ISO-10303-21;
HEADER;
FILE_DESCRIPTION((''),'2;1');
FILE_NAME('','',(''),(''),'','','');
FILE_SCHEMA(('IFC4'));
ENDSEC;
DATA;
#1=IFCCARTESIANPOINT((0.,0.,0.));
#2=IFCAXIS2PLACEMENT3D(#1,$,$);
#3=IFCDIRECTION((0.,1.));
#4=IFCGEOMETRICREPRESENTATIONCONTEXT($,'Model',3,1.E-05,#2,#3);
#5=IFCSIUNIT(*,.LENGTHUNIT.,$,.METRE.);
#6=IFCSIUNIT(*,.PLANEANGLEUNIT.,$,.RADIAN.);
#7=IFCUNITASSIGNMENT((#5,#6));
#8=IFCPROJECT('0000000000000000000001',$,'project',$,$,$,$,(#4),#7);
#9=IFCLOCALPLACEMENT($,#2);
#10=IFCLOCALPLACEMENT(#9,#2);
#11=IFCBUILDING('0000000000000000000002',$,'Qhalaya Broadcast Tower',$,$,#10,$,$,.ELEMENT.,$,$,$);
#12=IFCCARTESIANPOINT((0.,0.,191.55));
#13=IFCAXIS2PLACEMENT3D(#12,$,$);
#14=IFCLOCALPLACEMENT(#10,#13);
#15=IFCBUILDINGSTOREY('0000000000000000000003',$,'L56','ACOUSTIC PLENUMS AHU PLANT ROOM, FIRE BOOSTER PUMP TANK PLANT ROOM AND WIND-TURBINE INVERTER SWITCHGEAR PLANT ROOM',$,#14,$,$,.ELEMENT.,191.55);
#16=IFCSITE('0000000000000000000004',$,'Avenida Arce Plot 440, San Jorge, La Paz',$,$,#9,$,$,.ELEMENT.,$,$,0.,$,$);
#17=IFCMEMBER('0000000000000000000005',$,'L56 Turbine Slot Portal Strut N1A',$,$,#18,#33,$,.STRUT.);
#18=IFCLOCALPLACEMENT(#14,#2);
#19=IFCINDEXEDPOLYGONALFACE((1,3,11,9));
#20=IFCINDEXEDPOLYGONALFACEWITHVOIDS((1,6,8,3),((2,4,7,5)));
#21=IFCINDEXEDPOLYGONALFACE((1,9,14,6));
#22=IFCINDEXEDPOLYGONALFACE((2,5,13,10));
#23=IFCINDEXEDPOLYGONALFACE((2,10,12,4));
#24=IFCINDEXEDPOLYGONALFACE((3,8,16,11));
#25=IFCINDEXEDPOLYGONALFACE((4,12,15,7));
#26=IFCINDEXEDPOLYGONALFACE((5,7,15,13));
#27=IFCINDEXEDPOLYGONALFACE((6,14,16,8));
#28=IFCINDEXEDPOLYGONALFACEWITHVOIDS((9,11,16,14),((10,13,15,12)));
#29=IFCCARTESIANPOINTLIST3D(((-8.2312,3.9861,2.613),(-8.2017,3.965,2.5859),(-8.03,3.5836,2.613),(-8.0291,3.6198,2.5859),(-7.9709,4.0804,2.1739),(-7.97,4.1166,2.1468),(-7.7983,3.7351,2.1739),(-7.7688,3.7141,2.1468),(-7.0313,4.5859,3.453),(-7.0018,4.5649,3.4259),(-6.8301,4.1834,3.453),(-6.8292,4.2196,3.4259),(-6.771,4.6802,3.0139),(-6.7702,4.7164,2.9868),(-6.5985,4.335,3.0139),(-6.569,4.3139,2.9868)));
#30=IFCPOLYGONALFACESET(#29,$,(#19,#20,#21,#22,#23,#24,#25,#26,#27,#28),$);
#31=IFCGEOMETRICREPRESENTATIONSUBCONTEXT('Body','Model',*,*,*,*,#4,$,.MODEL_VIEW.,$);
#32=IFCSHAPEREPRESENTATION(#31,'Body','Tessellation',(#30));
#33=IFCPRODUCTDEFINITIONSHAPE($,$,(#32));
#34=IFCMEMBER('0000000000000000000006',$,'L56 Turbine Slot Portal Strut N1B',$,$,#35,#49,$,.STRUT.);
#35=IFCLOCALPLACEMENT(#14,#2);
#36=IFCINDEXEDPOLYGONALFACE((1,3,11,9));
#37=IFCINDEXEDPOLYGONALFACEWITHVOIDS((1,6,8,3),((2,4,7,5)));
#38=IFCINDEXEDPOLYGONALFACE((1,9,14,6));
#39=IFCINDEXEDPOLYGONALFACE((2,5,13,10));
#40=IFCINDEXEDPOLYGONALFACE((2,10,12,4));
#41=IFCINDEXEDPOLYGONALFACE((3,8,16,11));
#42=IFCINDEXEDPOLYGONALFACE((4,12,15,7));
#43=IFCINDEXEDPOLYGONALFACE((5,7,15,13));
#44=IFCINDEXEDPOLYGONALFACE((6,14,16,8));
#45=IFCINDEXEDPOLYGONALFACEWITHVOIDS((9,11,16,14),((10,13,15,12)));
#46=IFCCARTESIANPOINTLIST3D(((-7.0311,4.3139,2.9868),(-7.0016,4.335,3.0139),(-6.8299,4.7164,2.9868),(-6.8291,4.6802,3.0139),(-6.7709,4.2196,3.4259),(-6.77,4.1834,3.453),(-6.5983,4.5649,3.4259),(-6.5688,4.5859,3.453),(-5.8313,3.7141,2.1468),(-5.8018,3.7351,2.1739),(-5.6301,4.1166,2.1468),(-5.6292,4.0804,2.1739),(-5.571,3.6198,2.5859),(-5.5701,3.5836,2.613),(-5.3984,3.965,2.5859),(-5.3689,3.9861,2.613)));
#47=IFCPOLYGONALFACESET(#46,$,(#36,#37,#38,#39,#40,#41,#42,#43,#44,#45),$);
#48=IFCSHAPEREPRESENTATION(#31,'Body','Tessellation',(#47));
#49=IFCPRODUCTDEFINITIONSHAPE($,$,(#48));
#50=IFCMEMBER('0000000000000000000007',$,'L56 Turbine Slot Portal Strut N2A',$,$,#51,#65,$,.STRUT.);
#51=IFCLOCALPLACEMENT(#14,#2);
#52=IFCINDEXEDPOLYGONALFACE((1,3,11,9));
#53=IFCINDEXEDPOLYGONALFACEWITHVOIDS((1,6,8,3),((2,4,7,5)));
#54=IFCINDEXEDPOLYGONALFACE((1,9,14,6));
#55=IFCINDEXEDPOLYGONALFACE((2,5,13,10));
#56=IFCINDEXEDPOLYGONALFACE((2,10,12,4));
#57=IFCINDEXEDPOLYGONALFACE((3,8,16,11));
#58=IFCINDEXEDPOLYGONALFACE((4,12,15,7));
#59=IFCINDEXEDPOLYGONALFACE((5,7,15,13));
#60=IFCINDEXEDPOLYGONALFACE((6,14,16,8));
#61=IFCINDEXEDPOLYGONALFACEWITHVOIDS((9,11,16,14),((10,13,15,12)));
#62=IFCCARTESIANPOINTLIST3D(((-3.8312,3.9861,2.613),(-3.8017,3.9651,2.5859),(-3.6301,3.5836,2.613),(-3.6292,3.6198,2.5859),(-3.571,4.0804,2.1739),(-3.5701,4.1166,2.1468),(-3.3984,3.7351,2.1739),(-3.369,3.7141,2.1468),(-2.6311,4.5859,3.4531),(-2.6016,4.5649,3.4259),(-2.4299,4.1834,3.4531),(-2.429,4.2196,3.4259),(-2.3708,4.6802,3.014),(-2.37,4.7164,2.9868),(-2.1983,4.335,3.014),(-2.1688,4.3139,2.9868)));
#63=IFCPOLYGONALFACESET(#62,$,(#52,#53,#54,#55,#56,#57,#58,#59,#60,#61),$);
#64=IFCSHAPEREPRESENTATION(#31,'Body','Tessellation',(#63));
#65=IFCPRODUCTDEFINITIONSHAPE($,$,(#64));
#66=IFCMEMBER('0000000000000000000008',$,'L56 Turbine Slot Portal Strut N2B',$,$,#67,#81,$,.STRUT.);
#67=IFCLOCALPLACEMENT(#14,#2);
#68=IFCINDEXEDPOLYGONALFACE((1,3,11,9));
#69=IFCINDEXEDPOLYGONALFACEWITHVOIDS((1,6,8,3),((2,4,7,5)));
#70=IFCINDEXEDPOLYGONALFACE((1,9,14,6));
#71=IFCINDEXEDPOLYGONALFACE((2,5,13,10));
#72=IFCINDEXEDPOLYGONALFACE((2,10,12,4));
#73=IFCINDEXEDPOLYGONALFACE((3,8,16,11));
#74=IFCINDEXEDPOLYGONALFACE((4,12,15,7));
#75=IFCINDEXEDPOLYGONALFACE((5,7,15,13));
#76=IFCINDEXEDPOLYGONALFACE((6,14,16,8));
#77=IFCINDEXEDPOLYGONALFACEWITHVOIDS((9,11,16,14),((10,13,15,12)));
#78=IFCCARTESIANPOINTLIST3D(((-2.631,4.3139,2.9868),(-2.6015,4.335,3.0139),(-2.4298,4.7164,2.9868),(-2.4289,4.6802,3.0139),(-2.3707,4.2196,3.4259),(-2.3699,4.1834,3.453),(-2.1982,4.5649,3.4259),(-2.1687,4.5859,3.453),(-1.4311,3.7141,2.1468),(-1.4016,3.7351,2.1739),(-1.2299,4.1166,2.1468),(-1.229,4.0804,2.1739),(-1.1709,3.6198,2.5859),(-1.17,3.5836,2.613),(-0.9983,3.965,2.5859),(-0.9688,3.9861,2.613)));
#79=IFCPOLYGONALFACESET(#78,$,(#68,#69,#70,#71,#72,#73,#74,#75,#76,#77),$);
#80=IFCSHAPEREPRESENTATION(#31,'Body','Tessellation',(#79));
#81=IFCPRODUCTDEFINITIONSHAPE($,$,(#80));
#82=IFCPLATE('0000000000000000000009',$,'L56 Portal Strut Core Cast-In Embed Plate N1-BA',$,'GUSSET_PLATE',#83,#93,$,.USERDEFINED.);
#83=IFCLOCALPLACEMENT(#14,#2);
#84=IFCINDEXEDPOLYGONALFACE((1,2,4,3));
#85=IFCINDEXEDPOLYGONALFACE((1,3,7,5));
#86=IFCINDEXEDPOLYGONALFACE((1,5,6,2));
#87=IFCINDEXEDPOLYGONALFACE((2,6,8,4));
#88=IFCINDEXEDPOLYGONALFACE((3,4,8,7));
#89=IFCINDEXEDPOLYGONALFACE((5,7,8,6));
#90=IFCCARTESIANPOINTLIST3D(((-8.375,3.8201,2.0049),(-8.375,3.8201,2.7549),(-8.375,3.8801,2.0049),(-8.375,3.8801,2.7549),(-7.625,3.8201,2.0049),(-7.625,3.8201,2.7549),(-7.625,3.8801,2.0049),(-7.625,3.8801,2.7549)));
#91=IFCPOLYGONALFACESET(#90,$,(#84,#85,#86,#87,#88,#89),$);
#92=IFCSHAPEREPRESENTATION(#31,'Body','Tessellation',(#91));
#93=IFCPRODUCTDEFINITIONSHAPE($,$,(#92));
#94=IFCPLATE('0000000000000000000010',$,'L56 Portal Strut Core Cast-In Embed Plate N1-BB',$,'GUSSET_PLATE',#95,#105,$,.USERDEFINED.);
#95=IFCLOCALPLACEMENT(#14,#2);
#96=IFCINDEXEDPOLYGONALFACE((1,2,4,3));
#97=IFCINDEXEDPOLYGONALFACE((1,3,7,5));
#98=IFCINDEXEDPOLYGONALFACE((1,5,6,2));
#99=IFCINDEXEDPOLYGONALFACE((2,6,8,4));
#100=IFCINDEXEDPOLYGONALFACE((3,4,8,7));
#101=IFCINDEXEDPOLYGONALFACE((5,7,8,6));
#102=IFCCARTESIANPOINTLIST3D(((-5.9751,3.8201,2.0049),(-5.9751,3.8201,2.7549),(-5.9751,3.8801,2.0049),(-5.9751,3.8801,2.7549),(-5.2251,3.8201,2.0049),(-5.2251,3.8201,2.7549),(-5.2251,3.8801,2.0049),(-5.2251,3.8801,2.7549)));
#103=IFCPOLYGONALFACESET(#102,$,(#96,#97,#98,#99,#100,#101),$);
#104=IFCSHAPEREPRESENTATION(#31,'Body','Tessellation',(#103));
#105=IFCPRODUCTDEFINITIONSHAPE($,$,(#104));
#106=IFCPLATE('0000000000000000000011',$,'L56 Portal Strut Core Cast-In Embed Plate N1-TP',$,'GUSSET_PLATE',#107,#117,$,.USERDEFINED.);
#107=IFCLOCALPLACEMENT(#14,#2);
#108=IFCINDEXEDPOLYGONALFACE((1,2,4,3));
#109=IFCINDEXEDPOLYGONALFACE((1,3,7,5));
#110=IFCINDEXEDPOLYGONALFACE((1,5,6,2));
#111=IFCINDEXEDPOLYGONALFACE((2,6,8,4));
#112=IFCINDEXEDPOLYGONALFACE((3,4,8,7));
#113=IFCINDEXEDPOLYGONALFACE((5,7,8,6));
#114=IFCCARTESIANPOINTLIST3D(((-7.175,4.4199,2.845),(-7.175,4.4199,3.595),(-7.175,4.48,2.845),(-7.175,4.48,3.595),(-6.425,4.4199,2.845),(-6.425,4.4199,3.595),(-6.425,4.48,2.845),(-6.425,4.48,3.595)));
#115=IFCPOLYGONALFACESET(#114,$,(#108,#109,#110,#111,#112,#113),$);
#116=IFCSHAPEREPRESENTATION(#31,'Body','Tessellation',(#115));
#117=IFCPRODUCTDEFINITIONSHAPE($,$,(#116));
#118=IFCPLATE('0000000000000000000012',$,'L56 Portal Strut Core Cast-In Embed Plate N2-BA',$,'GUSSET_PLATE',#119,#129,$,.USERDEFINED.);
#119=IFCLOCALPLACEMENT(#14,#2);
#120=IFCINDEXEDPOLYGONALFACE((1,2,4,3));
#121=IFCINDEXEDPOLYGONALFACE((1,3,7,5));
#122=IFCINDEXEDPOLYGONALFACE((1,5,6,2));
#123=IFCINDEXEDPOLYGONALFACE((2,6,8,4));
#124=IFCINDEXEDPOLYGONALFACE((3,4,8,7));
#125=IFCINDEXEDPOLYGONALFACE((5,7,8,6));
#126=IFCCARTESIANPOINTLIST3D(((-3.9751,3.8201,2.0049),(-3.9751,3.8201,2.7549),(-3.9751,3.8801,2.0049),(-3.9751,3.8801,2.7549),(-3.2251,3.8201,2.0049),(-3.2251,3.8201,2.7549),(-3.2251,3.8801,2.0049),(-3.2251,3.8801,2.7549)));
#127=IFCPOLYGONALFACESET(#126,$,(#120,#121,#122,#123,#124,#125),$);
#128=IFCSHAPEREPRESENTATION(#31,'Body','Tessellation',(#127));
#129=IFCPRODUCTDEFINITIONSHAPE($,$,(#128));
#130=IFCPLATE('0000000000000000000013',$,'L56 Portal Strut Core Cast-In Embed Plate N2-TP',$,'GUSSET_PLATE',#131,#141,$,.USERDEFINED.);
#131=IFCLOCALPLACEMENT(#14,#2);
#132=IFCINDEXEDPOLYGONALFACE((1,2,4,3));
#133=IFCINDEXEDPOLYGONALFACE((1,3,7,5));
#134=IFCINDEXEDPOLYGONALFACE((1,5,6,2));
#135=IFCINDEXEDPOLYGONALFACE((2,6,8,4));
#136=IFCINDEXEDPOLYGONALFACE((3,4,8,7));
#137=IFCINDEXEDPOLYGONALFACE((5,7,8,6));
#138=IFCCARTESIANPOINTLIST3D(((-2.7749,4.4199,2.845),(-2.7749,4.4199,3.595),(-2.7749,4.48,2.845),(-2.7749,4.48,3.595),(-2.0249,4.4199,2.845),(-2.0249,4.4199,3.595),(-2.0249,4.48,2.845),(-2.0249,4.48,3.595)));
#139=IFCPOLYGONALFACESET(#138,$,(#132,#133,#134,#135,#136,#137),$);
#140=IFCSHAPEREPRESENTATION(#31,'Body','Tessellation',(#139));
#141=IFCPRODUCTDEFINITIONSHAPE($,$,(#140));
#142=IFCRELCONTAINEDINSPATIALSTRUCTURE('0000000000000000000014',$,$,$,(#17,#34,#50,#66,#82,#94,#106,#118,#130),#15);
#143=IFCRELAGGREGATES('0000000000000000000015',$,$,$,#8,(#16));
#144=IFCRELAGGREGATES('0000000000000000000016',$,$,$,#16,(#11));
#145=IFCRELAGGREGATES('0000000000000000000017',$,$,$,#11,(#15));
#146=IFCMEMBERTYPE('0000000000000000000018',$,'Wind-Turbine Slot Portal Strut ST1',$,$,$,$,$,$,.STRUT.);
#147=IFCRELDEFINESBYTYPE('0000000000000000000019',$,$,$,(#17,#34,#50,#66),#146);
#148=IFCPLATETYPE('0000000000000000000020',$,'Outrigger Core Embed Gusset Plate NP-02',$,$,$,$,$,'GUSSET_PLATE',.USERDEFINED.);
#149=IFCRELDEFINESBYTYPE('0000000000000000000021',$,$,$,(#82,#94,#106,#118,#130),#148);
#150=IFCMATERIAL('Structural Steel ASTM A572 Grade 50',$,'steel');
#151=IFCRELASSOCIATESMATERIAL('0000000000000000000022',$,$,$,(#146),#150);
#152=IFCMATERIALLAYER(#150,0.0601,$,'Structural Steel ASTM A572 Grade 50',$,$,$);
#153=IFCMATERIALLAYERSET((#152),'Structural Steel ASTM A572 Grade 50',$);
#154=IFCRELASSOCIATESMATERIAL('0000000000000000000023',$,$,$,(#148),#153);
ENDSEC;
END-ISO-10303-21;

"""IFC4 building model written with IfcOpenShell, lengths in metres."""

from ifc_helpers import new_model, si_unit, direction, frame, origin, origin_2d, place, context, subcontext, project, spatial, rectangle, hollow_rectangle, extrude, material, layer, layer_set, material_profile, profile_set, type_object, element, save


model = new_model("IFC4")

# Units and contexts
model_context = context("Model", 3, precision=1e-05, world=origin(), true_north=direction((0.0, 1.0)))
body_context = subcontext(model_context, "Body", "Model", "MODEL_VIEW")
ifc_project = project(units=[si_unit("LENGTHUNIT", "METRE"), si_unit("PLANEANGLEUNIT", "RADIAN")], contexts=[model_context])

# Site, building, storey
site_placement = place(None, origin())
site = spatial("IfcSite", under=ifc_project, at=site_placement, Name="Avenida Arce Plot 440, San Jorge, La Paz", CompositionType="ELEMENT", RefElevation=0.0)
building_placement = place(site_placement, origin())
building = spatial("IfcBuilding", under=site, at=building_placement, Name="Qhalaya Broadcast Tower", CompositionType="ELEMENT")
storey_placement = place(building_placement, frame((0.0, 0.0, 191.55)))
storey = spatial("IfcBuildingStorey", under=building, at=storey_placement, Name="L56", Description="ACOUSTIC PLENUMS AHU PLANT ROOM, FIRE BOOSTER PUMP TANK PLANT ROOM AND WIND-TURBINE INVERTER SWITCHGEAR PLANT ROOM", CompositionType="ELEMENT", Elevation=191.55)

# Members
ifc_material_1 = material(Name="Structural Steel ASTM A572 Grade 50", Category="steel")
ifc_material_profile = material_profile(ifc_material_1, hollow_rectangle(XDim=0.45, YDim=0.55, WallThickness=0.032, at=origin_2d()), Name="BOX 450x550x32")
ifc_profile_set = profile_set([ifc_material_profile], Name="Structural Steel ASTM A572 Grade 50")
member_type = type_object("IfcMemberType", Name="Wind-Turbine Slot Portal Strut ST1", PredefinedType="STRUT", material=ifc_profile_set)
for number, where, z_axis, x_axis, name in (
    (1, (-8.0, 3.8501, 2.3799), (0.758089, 0.378967, 0.53074), (-0.447141, 0.894464, 0.0), "L56 Turbine Slot Portal Strut N1A"),
    (2, (-5.6001, 3.8501, 2.3799), (-0.758089, 0.378967, 0.53074), (-0.447141, -0.894464, 0.0), "L56 Turbine Slot Portal Strut N1B"),
):
    element("IfcMember", number, at=place(storey_placement, frame(where, z_axis=z_axis, x_axis=x_axis)), inside=storey, type_object=member_type, Name=name, PredefinedType="STRUT", context=body_context, shape_type="SweptSolid", body=[
        extrude(hollow_rectangle(XDim=0.45, YDim=0.55, WallThickness=0.032, at=origin_2d()), origin(), (0.0, 0.0, 1.0), 1.5828),
    ])
member_1_placement = place(storey_placement, frame((-3.6001, 3.8501, 2.3799), z_axis=(0.758155, 0.378923, 0.530677), x_axis=(-0.447068, 0.8945, 0.0)))
element("IfcMember", 3, at=member_1_placement, inside=storey, type_object=member_type, Name="L56 Turbine Slot Portal Strut N2A", PredefinedType="STRUT", context=body_context, shape_type="SweptSolid", body=[
    extrude(hollow_rectangle(XDim=0.45, YDim=0.55, WallThickness=0.032, at=origin_2d()), origin(), (0.0, 0.0, 1.0), 1.583),
])
member_2_placement = place(storey_placement, frame((-1.2, 3.8501, 2.3799), z_axis=(-0.758089, 0.378967, 0.53074), x_axis=(-0.447141, -0.894464, 0.0)))
element("IfcMember", 4, at=member_2_placement, inside=storey, type_object=member_type, Name="L56 Turbine Slot Portal Strut N2B", PredefinedType="STRUT", context=body_context, shape_type="SweptSolid", body=[
    extrude(hollow_rectangle(XDim=0.45, YDim=0.55, WallThickness=0.032, at=origin_2d()), origin(), (0.0, 0.0, 1.0), 1.5828),
])

# Plates
ifc_layer_1 = layer(ifc_material_1, 0.0601, Name="Structural Steel ASTM A572 Grade 50")
ifc_layer_set_1 = layer_set([ifc_layer_1], Name="Structural Steel ASTM A572 Grade 50")
plate_type = type_object("IfcPlateType", Name="Outrigger Core Embed Gusset Plate NP-02", ElementType="GUSSET_PLATE", PredefinedType="USERDEFINED", material=ifc_layer_set_1)
for number, where, z_axis, x_axis, name in (
    (5, (-8.0, 3.8501, 2.0049), (0.0, 0.0, 1.0), (1.0, 0.0, 0.0), "L56 Portal Strut Core Cast-In Embed Plate N1-BA"),
    (6, (-5.6001, 3.8501, 2.0049), (0.0, 0.0, 1.0), (1.0, 0.0, 0.0), "L56 Portal Strut Core Cast-In Embed Plate N1-BB"),
    (7, (-6.8, 4.45, 2.845), (0.0, 0.0, 1.0), (1.0, 0.0, 0.0), "L56 Portal Strut Core Cast-In Embed Plate N1-TP"),
    (8, (-3.6001, 3.8501, 2.0049), (0.0, 0.0, 1.0), (1.0, 0.0, 0.0), "L56 Portal Strut Core Cast-In Embed Plate N2-BA"),
    (9, (-2.3999, 4.45, 2.845), (0.0, 0.0, 1.0), (1.0, 0.0, 0.0), "L56 Portal Strut Core Cast-In Embed Plate N2-TP"),
):
    element("IfcPlate", number, at=place(storey_placement, frame(where, z_axis=z_axis, x_axis=x_axis)), inside=storey, type_object=plate_type, Name=name, ObjectType="GUSSET_PLATE", PredefinedType="USERDEFINED", context=body_context, shape_type="SweptSolid", body=[
        extrude(rectangle(XDim=0.75, YDim=0.0601, at=origin_2d()), origin(), (0.0, 0.0, 1.0), 0.75),
    ])

save(model, "model.ifc")
